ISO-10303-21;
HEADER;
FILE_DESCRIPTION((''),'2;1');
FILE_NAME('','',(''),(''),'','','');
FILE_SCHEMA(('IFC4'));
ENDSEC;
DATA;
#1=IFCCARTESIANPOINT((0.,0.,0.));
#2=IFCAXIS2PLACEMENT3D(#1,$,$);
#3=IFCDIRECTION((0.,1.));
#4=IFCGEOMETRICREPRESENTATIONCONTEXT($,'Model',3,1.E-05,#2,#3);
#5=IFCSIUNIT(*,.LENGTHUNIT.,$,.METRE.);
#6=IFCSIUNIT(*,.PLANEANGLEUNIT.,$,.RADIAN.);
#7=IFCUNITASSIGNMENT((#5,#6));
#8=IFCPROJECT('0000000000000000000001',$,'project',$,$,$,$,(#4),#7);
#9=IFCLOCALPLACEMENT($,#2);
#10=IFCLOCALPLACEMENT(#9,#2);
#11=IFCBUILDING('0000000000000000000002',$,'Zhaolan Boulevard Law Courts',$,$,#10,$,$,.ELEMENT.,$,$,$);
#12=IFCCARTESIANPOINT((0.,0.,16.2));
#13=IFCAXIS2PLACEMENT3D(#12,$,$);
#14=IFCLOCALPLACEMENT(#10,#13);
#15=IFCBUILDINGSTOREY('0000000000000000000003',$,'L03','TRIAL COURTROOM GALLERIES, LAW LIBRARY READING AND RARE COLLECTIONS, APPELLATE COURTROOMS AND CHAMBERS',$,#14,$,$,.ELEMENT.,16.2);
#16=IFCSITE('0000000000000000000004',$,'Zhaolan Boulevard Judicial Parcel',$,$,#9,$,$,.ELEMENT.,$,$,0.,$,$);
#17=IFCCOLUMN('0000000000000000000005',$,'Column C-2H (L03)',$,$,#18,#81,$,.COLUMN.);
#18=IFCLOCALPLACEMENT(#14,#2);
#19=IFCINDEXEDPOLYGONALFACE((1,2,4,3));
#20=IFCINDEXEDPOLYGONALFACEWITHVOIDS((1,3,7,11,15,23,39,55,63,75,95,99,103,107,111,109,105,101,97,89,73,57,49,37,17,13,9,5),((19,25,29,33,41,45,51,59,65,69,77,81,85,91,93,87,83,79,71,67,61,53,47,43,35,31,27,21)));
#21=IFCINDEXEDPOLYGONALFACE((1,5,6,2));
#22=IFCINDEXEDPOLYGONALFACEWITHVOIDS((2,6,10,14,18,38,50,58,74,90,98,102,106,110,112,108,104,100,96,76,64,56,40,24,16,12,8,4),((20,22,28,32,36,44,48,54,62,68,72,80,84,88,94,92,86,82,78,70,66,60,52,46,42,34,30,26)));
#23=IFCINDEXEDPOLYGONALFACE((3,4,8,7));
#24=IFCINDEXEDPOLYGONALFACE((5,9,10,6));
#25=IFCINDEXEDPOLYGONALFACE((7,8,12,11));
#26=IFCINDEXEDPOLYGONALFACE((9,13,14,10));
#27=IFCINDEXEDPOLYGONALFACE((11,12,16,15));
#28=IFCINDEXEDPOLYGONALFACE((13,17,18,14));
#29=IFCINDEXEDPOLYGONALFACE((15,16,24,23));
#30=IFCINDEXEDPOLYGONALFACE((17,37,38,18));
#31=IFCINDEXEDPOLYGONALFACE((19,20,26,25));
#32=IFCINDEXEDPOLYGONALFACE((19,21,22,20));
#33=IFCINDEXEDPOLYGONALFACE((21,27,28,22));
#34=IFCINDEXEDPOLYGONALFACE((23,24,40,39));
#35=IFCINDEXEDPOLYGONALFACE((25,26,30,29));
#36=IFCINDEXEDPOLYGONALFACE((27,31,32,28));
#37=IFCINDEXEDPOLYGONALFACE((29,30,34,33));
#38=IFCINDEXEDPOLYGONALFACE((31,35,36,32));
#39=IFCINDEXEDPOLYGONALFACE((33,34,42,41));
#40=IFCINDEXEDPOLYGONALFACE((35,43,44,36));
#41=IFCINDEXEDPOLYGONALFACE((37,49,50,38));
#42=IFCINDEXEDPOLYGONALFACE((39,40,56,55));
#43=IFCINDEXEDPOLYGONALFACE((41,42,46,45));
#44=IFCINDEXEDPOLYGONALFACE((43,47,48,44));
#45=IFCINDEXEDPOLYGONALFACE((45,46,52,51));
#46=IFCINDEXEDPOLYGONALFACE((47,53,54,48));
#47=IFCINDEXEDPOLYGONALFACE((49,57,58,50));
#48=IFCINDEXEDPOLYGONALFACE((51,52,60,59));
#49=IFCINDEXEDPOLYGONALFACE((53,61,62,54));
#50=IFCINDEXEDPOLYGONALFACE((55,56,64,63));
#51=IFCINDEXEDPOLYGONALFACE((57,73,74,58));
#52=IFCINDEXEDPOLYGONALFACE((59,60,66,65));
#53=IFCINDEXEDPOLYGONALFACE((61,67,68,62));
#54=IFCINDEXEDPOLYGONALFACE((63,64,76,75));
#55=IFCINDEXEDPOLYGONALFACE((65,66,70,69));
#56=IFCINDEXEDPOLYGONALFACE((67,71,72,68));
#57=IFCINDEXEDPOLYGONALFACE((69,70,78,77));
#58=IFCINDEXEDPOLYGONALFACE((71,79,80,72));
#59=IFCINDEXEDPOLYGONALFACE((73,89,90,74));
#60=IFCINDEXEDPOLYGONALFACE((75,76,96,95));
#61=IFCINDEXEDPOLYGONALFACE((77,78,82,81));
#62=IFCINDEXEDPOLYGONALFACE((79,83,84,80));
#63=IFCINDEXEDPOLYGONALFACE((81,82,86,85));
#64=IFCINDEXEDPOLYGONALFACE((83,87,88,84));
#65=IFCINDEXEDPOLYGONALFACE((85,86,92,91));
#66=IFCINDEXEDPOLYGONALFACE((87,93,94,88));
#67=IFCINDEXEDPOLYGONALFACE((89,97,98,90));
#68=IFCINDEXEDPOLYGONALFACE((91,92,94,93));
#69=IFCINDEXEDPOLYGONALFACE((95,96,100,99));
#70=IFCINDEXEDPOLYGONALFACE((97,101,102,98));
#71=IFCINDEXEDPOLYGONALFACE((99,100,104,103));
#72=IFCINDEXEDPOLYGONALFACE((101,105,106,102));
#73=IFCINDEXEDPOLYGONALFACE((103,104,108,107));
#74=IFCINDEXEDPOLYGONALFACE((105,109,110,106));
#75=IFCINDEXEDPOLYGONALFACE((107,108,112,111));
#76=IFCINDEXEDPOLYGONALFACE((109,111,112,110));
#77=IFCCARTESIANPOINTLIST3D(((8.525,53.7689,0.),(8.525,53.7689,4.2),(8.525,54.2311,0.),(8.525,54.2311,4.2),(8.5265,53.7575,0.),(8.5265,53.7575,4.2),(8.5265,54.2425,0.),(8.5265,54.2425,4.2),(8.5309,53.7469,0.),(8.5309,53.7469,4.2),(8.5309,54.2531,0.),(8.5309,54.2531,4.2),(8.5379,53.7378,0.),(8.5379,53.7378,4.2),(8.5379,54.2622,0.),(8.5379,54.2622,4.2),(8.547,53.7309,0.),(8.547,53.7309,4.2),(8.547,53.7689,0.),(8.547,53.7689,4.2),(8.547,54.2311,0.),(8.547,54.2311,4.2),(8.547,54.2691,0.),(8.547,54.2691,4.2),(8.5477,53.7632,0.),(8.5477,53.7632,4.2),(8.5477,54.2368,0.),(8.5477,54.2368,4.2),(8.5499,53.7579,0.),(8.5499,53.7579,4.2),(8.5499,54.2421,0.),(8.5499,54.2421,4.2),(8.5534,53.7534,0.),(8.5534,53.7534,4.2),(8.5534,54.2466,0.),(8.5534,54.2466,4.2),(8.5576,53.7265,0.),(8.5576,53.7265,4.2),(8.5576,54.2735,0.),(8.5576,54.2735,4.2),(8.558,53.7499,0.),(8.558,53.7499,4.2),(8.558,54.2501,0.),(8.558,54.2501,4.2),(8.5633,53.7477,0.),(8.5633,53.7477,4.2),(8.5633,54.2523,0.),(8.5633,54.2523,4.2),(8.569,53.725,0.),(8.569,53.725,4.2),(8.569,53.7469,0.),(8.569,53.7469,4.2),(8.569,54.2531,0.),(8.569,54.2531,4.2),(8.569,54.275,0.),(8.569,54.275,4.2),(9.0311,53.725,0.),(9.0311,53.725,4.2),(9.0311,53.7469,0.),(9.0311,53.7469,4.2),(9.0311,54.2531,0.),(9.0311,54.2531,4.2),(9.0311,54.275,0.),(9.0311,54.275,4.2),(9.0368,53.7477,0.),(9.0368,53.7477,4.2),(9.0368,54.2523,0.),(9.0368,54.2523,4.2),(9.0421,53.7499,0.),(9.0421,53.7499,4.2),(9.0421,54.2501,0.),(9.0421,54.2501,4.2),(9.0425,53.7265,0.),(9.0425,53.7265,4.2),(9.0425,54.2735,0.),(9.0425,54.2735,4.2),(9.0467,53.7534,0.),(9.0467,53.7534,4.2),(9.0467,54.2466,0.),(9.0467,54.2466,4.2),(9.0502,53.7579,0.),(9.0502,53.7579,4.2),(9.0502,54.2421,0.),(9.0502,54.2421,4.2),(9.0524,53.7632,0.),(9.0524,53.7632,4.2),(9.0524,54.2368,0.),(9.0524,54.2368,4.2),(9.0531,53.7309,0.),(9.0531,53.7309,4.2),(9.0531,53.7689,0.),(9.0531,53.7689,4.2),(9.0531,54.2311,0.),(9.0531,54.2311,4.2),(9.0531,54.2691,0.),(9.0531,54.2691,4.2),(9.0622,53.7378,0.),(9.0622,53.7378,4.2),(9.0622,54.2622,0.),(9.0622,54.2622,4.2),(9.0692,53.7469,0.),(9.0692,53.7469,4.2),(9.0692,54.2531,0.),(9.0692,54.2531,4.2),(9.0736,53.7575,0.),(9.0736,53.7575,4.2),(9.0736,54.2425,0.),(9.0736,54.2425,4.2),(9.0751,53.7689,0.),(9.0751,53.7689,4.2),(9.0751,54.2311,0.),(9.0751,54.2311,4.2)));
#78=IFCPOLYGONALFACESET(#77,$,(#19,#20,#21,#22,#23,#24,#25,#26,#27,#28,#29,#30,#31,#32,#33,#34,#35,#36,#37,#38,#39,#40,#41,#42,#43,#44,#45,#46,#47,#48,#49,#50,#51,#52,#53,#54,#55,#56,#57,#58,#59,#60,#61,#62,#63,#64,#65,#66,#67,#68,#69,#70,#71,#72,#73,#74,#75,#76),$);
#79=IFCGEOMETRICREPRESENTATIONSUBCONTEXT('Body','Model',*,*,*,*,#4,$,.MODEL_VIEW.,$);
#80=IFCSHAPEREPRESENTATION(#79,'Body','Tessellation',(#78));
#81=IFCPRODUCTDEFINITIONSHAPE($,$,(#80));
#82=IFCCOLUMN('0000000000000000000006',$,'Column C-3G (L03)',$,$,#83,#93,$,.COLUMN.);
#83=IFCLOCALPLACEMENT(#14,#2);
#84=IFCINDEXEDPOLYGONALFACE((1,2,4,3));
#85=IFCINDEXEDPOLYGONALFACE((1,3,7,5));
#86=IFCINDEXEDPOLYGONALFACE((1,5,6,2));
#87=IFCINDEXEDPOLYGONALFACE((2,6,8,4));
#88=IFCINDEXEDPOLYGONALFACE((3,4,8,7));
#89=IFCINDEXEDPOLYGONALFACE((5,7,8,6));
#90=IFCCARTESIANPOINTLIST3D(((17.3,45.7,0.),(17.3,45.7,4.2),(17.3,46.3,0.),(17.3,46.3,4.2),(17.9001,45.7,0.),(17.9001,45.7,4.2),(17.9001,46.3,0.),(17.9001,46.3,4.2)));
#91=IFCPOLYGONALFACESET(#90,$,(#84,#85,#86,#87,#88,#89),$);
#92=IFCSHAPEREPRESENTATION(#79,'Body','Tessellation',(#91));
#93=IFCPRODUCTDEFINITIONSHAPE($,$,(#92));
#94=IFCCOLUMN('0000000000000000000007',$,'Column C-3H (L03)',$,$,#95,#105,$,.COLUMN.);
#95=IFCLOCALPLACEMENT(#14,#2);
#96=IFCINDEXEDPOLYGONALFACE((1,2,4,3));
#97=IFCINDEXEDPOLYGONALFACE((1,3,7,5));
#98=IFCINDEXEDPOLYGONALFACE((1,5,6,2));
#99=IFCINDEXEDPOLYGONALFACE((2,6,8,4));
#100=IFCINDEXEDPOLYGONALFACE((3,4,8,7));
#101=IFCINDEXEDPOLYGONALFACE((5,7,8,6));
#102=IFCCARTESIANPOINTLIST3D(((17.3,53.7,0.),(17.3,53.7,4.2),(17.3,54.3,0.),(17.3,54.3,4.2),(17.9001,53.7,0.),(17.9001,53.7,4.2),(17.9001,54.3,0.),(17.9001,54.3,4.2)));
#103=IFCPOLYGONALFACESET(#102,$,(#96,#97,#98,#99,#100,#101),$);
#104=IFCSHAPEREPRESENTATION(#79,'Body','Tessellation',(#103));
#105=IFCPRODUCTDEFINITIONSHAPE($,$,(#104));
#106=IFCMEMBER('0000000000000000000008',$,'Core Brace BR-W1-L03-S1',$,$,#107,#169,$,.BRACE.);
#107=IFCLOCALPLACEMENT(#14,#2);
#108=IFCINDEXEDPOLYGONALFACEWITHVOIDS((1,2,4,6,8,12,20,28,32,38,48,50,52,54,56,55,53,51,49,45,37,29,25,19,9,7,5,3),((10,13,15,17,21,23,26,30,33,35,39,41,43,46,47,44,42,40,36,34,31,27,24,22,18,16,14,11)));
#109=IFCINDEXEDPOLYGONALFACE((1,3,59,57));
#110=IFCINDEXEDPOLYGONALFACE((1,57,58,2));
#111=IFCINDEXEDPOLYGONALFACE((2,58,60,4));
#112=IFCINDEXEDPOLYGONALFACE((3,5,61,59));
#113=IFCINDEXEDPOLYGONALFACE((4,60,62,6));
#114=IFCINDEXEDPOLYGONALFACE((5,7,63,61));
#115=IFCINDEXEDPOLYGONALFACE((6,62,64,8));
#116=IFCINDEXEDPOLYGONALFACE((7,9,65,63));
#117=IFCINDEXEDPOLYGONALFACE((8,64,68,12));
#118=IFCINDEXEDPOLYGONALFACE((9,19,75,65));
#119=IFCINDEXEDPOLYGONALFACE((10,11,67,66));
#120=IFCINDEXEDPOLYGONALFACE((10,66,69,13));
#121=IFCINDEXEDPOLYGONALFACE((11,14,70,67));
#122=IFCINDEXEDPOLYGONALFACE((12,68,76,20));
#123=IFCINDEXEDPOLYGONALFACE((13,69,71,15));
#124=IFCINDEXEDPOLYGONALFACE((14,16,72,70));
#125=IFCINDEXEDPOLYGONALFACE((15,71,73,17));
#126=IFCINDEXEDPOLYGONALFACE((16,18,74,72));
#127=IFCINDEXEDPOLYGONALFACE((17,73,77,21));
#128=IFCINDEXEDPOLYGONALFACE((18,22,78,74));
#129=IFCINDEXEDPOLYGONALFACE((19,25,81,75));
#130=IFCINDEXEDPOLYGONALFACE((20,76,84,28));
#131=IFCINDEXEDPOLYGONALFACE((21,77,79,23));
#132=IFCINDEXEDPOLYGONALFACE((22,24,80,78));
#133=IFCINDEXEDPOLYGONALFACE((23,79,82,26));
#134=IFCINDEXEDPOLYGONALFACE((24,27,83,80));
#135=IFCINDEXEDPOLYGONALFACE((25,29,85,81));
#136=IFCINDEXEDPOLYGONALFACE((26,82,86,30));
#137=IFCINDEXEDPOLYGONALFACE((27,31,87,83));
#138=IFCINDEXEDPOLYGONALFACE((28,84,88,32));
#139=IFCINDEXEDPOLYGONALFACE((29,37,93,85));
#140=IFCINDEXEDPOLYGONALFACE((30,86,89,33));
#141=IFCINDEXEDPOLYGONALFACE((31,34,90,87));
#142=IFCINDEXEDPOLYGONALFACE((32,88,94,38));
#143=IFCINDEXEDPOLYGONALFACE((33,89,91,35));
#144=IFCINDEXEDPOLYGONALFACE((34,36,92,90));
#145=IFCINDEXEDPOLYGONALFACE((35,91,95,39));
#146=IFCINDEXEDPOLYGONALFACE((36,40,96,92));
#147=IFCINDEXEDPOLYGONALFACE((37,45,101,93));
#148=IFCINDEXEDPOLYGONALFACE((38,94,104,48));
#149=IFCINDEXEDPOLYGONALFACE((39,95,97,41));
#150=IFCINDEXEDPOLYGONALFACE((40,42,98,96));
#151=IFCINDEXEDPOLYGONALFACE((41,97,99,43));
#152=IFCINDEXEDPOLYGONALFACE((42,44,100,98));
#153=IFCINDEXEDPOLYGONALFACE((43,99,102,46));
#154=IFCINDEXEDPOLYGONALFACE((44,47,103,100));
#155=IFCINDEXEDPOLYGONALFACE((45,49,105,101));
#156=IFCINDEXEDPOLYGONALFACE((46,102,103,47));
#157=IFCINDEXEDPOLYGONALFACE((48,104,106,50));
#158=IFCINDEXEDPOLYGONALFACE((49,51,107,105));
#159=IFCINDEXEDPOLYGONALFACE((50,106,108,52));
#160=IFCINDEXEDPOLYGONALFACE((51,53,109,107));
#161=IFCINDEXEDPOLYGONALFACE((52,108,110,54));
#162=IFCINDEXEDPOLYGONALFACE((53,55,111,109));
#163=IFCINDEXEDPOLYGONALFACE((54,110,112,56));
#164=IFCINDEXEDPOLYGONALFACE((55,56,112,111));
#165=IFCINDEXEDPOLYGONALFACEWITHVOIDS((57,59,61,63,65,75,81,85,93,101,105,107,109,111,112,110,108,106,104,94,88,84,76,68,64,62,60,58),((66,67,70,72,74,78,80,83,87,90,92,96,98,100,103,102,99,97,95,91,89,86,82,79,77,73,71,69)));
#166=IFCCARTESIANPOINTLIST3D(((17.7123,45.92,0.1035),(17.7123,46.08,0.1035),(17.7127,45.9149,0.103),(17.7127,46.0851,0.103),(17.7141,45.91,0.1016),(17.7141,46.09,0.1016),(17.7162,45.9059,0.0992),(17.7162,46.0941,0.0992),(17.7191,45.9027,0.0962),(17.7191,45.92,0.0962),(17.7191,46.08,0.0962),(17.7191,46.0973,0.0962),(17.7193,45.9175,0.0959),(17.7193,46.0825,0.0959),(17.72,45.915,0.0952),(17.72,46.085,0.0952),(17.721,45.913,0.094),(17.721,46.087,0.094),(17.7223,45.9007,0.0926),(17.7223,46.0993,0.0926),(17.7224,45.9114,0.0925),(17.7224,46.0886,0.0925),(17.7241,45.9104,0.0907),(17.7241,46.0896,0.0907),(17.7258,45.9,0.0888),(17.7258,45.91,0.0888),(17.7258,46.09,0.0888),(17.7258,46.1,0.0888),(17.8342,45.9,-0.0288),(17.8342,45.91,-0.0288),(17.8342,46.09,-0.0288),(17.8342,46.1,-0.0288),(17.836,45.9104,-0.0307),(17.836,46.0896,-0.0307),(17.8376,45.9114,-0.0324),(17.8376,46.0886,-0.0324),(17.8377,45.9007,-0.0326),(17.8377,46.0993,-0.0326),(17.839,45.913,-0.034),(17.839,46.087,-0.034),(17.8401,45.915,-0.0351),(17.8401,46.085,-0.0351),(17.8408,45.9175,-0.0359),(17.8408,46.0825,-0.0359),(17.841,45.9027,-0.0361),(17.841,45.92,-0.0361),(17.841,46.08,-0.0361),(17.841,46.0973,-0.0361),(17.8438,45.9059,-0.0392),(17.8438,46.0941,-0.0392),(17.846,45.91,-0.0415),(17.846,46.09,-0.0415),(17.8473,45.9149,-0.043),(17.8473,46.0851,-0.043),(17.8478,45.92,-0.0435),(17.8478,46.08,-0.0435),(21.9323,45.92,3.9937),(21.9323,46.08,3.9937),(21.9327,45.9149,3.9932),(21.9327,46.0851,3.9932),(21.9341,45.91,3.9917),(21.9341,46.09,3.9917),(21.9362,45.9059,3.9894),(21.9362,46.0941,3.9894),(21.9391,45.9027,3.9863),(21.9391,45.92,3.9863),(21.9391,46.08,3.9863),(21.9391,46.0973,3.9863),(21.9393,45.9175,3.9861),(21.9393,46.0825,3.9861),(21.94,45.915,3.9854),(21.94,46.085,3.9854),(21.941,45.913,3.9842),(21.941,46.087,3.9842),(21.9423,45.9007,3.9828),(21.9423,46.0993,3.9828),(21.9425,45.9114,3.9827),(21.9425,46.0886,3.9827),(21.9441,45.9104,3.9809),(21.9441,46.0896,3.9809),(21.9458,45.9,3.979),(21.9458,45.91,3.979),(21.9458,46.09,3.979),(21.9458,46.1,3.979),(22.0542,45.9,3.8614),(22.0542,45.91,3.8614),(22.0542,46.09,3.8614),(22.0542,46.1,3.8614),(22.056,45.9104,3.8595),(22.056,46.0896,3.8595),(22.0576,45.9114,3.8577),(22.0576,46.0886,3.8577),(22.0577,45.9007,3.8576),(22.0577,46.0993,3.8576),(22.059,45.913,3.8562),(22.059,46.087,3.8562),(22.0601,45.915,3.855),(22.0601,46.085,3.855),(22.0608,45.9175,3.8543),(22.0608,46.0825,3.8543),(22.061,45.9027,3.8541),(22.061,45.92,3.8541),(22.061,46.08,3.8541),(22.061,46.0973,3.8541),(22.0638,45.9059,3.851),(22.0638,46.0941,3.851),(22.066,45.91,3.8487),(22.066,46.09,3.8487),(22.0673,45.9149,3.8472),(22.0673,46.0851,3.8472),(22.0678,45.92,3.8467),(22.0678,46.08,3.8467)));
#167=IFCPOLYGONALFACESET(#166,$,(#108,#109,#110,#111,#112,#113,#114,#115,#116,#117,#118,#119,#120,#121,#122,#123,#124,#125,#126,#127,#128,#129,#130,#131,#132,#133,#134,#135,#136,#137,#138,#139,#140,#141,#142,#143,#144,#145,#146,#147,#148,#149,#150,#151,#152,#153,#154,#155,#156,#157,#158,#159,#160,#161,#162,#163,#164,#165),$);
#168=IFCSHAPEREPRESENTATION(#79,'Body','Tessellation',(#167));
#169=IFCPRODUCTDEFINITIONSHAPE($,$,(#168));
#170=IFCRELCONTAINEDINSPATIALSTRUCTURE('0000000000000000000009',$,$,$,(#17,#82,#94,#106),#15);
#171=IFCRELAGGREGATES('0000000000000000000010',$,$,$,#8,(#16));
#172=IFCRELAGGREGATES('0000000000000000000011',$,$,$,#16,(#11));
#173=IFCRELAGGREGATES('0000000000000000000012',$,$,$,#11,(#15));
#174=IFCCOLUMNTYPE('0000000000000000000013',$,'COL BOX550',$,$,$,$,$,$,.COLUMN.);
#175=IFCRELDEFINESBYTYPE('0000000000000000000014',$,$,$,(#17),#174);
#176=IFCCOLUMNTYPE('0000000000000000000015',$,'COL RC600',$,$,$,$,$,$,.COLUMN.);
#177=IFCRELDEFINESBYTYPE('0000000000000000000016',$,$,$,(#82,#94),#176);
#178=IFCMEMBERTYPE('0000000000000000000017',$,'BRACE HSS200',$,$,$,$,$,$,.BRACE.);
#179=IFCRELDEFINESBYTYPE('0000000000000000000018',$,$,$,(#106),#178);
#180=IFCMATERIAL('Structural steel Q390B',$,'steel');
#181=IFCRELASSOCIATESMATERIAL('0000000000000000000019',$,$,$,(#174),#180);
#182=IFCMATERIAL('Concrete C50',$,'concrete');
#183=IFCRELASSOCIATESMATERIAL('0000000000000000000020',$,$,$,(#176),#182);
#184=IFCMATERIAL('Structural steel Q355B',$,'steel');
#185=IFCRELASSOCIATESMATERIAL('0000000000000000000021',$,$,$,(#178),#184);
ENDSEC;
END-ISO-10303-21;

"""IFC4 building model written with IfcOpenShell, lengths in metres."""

from ifc_helpers import new_model, si_unit, direction, frame, origin, origin_2d, place, context, subcontext, project, spatial, rectangle, hollow_rectangle, extrude, material, material_profile, profile_set, type_object, element, save


model = new_model("IFC4")

# Units and contexts
model_context = context("Model", 3, precision=1e-05, world=origin(), true_north=direction((0.0, 1.0)))
body_context = subcontext(model_context, "Body", "Model", "MODEL_VIEW")
ifc_project = project(units=[si_unit("LENGTHUNIT", "METRE"), si_unit("PLANEANGLEUNIT", "RADIAN")], contexts=[model_context])

# Site, building, storey
site_placement = place(None, origin())
site = spatial("IfcSite", under=ifc_project, at=site_placement, Name="Zhaolan Boulevard Judicial Parcel", CompositionType="ELEMENT", RefElevation=0.0)
building_placement = place(site_placement, origin())
building = spatial("IfcBuilding", under=site, at=building_placement, Name="Zhaolan Boulevard Law Courts", CompositionType="ELEMENT")
storey_placement = place(building_placement, frame((0.0, 0.0, 16.2)))
storey = spatial("IfcBuildingStorey", under=building, at=storey_placement, Name="L03", Description="TRIAL COURTROOM GALLERIES, LAW LIBRARY READING AND RARE COLLECTIONS, APPELLATE COURTROOMS AND CHAMBERS", CompositionType="ELEMENT", Elevation=16.2)

# Columns
ifc_material_1 = material(Name="Structural steel Q390B", Category="steel")
ifc_material_profile_1 = material_profile(ifc_material_1, hollow_rectangle(XDim=0.55, YDim=0.55, WallThickness=0.022, InnerFilletRadius=0.022, OuterFilletRadius=0.0439, at=origin_2d()), Name="BOX550x550x22")
ifc_profile_set_1 = profile_set([ifc_material_profile_1], Name="Structural steel Q390B")
column_type_1 = type_object("IfcColumnType", Name="COL BOX550", PredefinedType="COLUMN", material=ifc_profile_set_1)
column_placement = place(storey_placement, frame((8.8, 54.0, 0.0), z_axis=(0.0, 0.0, 1.0), x_axis=(1.0, 0.0, 0.0)))
element("IfcColumn", 1, at=column_placement, inside=storey, type_object=column_type_1, Name="Column C-2H (L03)", PredefinedType="COLUMN", context=body_context, shape_type="SweptSolid", body=[
    extrude(hollow_rectangle(XDim=0.55, YDim=0.55, WallThickness=0.022, InnerFilletRadius=0.022, OuterFilletRadius=0.0439, at=origin_2d()), origin(), (0.0, 0.0, 1.0), 4.2),
])
ifc_material_2 = material(Name="Concrete C50", Category="concrete")
ifc_material_profile_2 = material_profile(ifc_material_2, rectangle(XDim=0.6001, YDim=0.6001, at=origin_2d()), Name="RC600x600")
ifc_profile_set_2 = profile_set([ifc_material_profile_2], Name="Concrete C50")
column_type_2 = type_object("IfcColumnType", Name="COL RC600", PredefinedType="COLUMN", material=ifc_profile_set_2)
for number, where, z_axis, x_axis, name in (
    (2, (17.6001, 46.0, 0.0), (0.0, 0.0, 1.0), (1.0, 0.0, 0.0), "Column C-3G (L03)"),
    (3, (17.6001, 54.0, 0.0), (0.0, 0.0, 1.0), (1.0, 0.0, 0.0), "Column C-3H (L03)"),
):
    element("IfcColumn", number, at=place(storey_placement, frame(where, z_axis=z_axis, x_axis=x_axis)), inside=storey, type_object=column_type_2, Name=name, PredefinedType="COLUMN", context=body_context, shape_type="SweptSolid", body=[
        extrude(rectangle(XDim=0.6001, YDim=0.6001, at=origin_2d()), origin(), (0.0, 0.0, 1.0), 4.2),
    ])

# Member
ifc_material_3 = material(Name="Structural steel Q355B", Category="steel")
ifc_material_profile_3 = material_profile(ifc_material_3, hollow_rectangle(XDim=0.2, YDim=0.2, WallThickness=0.01, InnerFilletRadius=0.01, OuterFilletRadius=0.02, at=origin_2d()), Name="HSS200x200x10")
ifc_profile_set_3 = profile_set([ifc_material_profile_3], Name="Structural steel Q355B")
member_type = type_object("IfcMemberType", Name="BRACE HSS200", PredefinedType="BRACE", material=ifc_profile_set_3)
member_placement = place(storey_placement, frame((17.78, 46.0, 0.03), z_axis=(0.735257, 0.0, 0.677789), x_axis=(0.0, 1.0, 0.0)))
element("IfcMember", 4, at=member_placement, inside=storey, type_object=member_type, Name="Core Brace BR-W1-L03-S1", PredefinedType="BRACE", context=body_context, shape_type="SweptSolid", body=[
    extrude(hollow_rectangle(XDim=0.2, YDim=0.2, WallThickness=0.01, InnerFilletRadius=0.01, OuterFilletRadius=0.02, at=origin_2d()), origin(), (0.0, 0.0, 1.0), 5.7395),
])

save(model, "model.ifc")
